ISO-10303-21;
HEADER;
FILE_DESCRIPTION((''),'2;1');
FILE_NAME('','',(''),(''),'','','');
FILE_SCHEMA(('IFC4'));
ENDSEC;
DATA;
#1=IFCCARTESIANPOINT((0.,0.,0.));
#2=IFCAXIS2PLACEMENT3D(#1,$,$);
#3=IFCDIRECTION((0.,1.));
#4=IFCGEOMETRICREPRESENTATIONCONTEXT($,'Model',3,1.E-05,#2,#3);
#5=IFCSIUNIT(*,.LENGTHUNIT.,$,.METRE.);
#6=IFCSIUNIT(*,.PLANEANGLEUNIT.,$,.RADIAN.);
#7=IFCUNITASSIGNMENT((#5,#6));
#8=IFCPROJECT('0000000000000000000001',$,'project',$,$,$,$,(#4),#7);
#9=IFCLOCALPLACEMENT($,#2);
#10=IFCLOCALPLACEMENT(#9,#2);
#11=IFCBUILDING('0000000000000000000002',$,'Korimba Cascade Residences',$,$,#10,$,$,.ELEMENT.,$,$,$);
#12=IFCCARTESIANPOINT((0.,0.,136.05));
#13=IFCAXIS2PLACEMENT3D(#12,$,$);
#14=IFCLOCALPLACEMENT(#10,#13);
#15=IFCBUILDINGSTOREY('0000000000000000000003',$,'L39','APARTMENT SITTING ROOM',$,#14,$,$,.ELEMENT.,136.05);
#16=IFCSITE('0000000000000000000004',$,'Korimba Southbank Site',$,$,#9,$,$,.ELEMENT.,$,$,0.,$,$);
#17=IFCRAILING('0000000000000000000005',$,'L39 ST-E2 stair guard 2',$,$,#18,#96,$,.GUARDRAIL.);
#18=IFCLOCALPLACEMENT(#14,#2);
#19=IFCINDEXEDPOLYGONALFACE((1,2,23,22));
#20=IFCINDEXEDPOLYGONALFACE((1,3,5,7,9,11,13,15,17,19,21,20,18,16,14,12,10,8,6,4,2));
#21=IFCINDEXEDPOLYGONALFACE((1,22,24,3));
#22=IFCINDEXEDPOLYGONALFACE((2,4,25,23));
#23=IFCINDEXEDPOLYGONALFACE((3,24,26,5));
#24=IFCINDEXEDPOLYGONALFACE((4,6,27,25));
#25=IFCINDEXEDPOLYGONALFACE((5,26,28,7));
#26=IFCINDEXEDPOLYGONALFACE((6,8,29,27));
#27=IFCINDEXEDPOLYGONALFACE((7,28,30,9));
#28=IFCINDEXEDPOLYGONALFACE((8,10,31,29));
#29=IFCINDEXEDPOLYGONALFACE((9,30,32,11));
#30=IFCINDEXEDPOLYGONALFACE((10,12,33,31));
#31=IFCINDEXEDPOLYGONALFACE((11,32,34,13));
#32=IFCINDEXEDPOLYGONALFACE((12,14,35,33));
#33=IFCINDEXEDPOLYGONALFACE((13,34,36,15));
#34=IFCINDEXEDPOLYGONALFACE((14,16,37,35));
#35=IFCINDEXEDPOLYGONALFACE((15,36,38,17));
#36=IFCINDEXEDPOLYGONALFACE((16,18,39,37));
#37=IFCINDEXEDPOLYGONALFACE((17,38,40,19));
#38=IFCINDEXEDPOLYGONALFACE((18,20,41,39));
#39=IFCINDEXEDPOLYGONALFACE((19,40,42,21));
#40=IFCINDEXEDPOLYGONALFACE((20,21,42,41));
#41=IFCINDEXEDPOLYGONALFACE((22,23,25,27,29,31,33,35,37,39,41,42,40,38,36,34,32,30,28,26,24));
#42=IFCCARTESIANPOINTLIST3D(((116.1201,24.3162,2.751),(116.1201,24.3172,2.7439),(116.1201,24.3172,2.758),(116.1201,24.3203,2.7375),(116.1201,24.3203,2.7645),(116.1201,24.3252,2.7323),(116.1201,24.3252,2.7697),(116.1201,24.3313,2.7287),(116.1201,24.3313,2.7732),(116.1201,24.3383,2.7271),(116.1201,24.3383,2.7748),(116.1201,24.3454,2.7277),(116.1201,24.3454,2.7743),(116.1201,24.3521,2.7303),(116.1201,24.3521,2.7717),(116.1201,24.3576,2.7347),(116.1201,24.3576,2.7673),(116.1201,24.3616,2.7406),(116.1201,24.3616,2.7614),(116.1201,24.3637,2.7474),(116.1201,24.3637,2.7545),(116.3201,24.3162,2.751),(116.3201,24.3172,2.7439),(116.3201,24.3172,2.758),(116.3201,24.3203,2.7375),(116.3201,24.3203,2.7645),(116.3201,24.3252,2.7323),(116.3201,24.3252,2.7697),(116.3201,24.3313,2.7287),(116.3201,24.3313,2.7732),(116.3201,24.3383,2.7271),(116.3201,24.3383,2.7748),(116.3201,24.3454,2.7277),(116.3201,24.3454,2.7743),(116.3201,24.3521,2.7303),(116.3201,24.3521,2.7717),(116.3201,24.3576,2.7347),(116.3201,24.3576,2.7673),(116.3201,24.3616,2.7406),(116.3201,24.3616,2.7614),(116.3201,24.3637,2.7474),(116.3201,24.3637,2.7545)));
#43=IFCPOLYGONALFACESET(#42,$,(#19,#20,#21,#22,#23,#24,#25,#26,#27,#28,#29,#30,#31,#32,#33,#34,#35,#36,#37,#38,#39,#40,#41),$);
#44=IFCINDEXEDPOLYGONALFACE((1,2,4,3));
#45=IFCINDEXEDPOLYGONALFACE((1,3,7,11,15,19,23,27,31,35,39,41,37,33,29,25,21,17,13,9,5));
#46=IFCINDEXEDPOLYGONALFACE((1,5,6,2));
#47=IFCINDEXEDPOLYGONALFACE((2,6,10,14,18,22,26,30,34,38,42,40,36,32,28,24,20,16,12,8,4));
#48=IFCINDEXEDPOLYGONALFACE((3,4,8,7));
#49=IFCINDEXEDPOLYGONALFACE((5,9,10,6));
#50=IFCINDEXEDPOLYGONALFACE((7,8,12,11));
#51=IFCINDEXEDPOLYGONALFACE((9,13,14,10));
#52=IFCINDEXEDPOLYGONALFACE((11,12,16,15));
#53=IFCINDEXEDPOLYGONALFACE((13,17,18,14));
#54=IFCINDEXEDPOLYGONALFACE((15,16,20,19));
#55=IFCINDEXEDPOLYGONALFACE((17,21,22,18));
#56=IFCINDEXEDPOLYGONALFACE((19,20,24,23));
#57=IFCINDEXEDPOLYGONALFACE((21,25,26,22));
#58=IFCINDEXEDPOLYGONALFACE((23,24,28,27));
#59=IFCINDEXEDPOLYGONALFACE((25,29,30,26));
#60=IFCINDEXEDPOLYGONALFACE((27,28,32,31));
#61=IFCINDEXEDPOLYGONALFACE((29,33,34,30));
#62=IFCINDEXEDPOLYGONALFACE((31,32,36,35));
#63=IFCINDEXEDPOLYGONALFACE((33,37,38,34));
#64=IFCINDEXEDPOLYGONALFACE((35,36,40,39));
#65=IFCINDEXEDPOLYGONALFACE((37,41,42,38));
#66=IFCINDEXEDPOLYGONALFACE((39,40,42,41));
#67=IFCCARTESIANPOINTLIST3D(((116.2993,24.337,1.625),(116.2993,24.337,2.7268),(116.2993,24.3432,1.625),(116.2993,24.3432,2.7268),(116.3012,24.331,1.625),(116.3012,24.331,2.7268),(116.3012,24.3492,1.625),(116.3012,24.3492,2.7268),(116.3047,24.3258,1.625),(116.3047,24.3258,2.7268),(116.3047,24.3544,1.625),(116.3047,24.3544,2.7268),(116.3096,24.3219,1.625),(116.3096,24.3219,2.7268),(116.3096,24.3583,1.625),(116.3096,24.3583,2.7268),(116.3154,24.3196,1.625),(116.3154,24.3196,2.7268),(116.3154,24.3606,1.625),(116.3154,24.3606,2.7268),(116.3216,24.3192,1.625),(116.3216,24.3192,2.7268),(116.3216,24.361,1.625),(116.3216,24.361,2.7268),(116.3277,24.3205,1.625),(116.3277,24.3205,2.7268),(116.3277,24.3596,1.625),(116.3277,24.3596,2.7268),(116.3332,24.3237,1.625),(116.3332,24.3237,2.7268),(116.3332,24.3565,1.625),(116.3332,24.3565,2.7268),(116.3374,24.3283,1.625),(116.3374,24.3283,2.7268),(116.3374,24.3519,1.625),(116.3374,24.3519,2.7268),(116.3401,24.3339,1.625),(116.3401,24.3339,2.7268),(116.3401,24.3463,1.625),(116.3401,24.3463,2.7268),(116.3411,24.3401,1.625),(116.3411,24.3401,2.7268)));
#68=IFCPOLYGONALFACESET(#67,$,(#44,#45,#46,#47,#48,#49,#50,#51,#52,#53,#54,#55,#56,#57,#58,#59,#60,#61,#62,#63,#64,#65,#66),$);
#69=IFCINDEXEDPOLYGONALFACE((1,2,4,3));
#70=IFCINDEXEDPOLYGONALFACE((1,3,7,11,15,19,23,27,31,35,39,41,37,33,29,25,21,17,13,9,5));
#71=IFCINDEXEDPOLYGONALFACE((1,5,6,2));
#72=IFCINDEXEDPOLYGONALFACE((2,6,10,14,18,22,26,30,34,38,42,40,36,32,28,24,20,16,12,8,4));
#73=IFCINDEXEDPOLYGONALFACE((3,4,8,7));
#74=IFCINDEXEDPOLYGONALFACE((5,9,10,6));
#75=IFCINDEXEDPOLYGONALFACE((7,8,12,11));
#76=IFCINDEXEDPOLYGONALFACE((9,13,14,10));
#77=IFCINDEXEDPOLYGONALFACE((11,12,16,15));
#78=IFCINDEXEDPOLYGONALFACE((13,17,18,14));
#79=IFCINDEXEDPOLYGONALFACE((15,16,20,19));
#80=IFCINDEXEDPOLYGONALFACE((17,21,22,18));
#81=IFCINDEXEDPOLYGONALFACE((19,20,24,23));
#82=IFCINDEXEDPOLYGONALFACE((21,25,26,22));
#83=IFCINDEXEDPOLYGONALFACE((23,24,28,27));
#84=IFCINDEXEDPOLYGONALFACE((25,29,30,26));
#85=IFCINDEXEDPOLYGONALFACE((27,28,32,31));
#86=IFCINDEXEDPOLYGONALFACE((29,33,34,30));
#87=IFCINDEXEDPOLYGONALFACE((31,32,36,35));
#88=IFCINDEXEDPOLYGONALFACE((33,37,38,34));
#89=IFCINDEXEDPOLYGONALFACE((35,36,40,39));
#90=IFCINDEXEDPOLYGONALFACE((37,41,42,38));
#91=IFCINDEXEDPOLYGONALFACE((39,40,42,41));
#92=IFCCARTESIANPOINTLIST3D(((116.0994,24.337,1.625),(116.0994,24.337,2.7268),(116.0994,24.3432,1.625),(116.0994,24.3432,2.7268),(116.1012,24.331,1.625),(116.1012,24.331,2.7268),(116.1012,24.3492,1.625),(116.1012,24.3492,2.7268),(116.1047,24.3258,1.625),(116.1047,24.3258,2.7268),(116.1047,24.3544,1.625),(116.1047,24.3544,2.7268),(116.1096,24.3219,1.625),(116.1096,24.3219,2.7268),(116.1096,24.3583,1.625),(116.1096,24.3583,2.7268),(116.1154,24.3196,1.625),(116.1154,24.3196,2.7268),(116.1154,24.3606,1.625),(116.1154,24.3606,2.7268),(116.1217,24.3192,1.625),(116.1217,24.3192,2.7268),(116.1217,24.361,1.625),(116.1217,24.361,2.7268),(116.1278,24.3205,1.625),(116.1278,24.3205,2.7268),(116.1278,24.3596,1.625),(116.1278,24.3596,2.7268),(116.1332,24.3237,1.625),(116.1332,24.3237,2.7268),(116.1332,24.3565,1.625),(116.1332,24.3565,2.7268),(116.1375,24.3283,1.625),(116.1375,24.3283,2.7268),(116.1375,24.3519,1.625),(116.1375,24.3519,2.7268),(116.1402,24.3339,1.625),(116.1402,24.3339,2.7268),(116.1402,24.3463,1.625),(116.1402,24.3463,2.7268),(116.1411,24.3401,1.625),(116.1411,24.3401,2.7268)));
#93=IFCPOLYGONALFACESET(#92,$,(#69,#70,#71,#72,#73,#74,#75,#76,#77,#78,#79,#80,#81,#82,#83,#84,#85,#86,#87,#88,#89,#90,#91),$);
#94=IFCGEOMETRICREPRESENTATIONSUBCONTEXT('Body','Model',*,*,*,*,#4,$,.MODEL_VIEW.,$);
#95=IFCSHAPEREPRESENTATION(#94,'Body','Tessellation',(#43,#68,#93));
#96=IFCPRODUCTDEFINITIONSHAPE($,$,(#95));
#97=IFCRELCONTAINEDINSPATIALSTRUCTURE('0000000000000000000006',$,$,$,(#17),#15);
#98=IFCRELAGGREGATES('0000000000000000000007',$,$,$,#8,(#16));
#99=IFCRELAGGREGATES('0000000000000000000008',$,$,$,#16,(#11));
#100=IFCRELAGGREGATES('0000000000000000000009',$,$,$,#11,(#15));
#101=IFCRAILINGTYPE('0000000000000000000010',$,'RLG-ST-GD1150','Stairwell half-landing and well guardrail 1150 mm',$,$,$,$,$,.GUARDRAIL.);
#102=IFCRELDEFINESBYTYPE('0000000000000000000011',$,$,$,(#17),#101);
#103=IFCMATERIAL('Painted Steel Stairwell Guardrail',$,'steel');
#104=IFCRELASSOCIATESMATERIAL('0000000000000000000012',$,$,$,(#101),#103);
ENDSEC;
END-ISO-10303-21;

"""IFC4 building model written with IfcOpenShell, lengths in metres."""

from ifc_helpers import new_model, si_unit, direction, frame, origin, origin_2d, place, context, subcontext, project, spatial, circle, extrude, material, type_object, element, save


model = new_model("IFC4")

# Units and contexts
model_context = context("Model", 3, precision=1e-05, world=origin(), true_north=direction((0.0, 1.0)))
body_context = subcontext(model_context, "Body", "Model", "MODEL_VIEW")
ifc_project = project(units=[si_unit("LENGTHUNIT", "METRE"), si_unit("PLANEANGLEUNIT", "RADIAN")], contexts=[model_context])

# Site, building, storey
site_placement = place(None, origin())
site = spatial("IfcSite", under=ifc_project, at=site_placement, Name="Korimba Southbank Site", CompositionType="ELEMENT", RefElevation=0.0)
building_placement = place(site_placement, origin())
building = spatial("IfcBuilding", under=site, at=building_placement, Name="Korimba Cascade Residences", CompositionType="ELEMENT")
storey_placement = place(building_placement, frame((0.0, 0.0, 136.05)))
storey = spatial("IfcBuildingStorey", under=building, at=storey_placement, Name="L39", Description="APARTMENT SITTING ROOM", CompositionType="ELEMENT", Elevation=136.05)

# Railing
ifc_material_1 = material(Name="Painted Steel Stairwell Guardrail", Category="steel")
railing_type_1 = type_object("IfcRailingType", Name="RLG-ST-GD1150", Description="Stairwell half-landing and well guardrail 1150 mm", PredefinedType="GUARDRAIL", material=ifc_material_1)
railing_1_placement = place(storey_placement, frame((116.3201, 24.3401, 1.625)))
element("IfcRailing", 1, at=railing_1_placement, inside=storey, type_object=railing_type_1, Name="L39 ST-E2 stair guard 2", PredefinedType="GUARDRAIL", context=body_context, shape_type="SweptSolid", body=[
    extrude(circle(Radius=0.0239, at=origin_2d()), frame((0.0, 0.0, 1.126), z_axis=(-1.0, 0.0, 0.0), x_axis=(0.0, -1.0, 0.0)), (0.0, 0.0, 1.0), 0.2),
    extrude(circle(Radius=0.021, at=origin_2d()), origin(), (0.0, 0.0, 1.0), 1.1018),
    extrude(circle(Radius=0.021, at=origin_2d()), frame((-0.2, 0.0, 0.0)), (0.0, 0.0, 1.0), 1.1018),
])

save(model, "model.ifc")
